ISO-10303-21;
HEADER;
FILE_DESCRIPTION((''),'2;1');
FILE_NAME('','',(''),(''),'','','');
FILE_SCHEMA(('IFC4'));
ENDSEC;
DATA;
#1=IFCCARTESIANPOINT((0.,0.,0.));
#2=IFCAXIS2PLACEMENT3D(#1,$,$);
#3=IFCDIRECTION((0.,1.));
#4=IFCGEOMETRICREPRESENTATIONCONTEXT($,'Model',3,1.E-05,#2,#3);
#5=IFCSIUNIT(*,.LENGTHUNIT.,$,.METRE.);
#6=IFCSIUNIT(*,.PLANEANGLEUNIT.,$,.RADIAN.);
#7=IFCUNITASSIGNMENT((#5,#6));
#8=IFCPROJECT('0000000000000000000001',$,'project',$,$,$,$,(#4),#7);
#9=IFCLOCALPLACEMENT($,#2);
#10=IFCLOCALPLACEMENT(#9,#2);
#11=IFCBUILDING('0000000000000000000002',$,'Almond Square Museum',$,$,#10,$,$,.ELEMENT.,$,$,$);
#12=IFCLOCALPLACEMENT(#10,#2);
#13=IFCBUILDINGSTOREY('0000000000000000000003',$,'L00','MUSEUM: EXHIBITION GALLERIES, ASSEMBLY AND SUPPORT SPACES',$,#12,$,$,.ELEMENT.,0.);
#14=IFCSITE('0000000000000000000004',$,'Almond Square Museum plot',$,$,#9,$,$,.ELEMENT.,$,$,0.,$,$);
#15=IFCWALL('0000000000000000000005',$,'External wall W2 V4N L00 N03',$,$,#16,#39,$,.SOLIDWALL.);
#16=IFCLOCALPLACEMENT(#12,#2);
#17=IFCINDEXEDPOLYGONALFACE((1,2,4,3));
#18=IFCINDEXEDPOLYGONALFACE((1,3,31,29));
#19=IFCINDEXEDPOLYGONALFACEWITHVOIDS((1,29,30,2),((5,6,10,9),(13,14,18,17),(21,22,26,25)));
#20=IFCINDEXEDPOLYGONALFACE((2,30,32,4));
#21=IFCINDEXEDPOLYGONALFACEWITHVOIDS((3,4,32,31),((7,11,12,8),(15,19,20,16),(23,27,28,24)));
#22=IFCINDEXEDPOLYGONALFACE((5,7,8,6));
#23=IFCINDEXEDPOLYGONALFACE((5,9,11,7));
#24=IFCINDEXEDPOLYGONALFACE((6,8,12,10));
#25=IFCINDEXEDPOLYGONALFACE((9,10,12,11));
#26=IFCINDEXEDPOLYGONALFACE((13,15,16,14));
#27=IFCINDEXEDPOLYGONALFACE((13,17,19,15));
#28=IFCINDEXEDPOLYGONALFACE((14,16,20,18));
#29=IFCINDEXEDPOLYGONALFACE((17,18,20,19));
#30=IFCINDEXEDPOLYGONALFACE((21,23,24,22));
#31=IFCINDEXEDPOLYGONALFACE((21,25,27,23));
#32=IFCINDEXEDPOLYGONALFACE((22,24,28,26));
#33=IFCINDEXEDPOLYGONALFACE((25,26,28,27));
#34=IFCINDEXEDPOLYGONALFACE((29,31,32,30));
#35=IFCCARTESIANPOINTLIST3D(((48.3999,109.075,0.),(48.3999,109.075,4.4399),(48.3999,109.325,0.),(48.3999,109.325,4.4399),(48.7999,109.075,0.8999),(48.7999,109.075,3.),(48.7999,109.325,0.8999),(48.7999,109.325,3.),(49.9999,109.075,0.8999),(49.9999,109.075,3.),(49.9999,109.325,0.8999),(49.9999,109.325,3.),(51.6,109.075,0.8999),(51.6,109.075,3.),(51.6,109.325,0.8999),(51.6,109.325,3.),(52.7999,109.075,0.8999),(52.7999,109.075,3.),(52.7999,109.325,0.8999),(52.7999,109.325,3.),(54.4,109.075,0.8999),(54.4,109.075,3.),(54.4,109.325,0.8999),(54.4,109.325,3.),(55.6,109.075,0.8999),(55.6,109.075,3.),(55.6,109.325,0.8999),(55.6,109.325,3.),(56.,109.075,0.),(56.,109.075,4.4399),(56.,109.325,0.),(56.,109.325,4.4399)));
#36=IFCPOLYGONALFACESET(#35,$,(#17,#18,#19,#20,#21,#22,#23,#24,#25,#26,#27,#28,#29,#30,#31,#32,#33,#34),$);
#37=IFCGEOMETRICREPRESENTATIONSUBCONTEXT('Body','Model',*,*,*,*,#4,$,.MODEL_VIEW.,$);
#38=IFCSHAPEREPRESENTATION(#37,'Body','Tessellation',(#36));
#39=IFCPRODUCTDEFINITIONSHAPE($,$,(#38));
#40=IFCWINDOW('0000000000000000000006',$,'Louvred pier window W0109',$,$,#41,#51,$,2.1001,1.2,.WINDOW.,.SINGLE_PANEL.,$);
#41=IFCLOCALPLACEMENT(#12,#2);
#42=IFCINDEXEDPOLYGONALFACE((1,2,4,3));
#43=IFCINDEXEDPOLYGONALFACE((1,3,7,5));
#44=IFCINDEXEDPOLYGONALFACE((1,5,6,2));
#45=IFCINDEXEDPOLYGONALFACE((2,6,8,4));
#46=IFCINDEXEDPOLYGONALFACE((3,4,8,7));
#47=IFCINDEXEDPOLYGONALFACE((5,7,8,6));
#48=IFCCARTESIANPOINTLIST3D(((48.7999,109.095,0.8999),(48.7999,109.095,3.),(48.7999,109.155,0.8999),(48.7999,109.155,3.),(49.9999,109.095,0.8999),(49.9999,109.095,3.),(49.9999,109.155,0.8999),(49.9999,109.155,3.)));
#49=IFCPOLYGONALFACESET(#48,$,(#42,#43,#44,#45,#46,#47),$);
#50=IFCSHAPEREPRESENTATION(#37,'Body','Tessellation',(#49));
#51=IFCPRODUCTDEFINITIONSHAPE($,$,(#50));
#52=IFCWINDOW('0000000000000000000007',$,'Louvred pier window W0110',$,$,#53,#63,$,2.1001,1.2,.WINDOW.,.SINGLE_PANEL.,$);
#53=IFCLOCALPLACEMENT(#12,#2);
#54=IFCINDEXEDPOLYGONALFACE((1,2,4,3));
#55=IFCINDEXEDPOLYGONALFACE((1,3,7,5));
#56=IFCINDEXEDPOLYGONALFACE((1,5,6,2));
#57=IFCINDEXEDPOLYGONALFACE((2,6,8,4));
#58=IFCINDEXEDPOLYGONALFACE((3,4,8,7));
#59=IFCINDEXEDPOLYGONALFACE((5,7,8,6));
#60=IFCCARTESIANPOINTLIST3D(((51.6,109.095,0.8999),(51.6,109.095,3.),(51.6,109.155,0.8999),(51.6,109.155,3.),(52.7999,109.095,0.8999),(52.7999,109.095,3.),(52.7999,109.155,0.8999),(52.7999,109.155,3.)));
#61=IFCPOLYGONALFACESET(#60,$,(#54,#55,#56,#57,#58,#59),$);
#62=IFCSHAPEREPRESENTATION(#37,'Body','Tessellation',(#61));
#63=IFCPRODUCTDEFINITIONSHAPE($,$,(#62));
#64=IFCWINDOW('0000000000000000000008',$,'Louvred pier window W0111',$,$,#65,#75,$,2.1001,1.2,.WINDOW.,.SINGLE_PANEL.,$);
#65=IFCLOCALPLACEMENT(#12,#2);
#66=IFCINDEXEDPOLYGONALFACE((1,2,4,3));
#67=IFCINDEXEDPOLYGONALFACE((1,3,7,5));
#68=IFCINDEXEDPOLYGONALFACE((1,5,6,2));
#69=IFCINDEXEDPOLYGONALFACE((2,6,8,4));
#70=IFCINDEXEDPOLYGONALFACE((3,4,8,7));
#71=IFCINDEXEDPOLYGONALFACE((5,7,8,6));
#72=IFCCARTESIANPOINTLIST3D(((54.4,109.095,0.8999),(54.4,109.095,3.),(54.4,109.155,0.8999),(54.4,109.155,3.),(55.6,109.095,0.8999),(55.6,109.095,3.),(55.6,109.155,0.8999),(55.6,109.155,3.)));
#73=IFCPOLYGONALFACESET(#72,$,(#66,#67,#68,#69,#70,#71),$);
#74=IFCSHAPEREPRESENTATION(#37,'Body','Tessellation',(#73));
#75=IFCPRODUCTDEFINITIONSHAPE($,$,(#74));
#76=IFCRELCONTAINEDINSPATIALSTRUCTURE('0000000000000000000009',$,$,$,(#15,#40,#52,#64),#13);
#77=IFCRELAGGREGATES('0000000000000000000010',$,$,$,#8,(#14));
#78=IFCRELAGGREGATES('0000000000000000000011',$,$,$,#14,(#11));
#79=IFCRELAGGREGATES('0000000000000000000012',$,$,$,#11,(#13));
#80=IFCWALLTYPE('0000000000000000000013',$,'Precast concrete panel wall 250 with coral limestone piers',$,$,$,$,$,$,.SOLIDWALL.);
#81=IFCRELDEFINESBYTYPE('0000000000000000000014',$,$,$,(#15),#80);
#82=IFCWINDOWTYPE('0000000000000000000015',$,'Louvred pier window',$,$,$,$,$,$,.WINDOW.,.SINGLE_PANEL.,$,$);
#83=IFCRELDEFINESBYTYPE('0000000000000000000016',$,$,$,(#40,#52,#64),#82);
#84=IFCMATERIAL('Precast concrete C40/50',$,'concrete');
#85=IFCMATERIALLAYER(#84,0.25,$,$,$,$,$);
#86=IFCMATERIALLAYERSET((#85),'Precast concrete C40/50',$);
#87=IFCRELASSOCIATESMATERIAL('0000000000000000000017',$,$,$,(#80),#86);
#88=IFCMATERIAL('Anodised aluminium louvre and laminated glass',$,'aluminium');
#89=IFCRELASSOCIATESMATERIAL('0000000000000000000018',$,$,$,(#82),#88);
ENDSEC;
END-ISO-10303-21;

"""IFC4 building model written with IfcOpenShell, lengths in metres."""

from ifc_helpers import new_model, si_unit, direction, frame, frame_2d, origin, place, context, subcontext, project, spatial, rectangle, extrude, material, layer, layer_set, type_object, element, fill, save


model = new_model("IFC4")

# Units and contexts
model_context = context("Model", 3, precision=1e-05, world=origin(), true_north=direction((0.0, 1.0)))
body_context = subcontext(model_context, "Body", "Model", "MODEL_VIEW")
ifc_project = project(units=[si_unit("LENGTHUNIT", "METRE"), si_unit("PLANEANGLEUNIT", "RADIAN")], contexts=[model_context])

# Site, building, storey
site_placement = place(None, origin())
site = spatial("IfcSite", under=ifc_project, at=site_placement, Name="Almond Square Museum plot", CompositionType="ELEMENT", RefElevation=0.0)
building_placement = place(site_placement, origin())
building = spatial("IfcBuilding", under=site, at=building_placement, Name="Almond Square Museum", CompositionType="ELEMENT")
storey_placement = place(building_placement, origin())
storey = spatial("IfcBuildingStorey", under=building, at=storey_placement, Name="L00", Description="MUSEUM: EXHIBITION GALLERIES, ASSEMBLY AND SUPPORT SPACES", CompositionType="ELEMENT", Elevation=0.0)

# Wall, openings, windows
ifc_material_1 = material(Name="Precast concrete C40/50", Category="concrete")
ifc_layer = layer(ifc_material_1, 0.25)
ifc_layer_set = layer_set([ifc_layer], Name="Precast concrete C40/50")
wall_type = type_object("IfcWallType", Name="Precast concrete panel wall 250 with coral limestone piers", PredefinedType="SOLIDWALL", material=ifc_layer_set)
wall_placement = place(storey_placement, frame((48.3999, 109.2, 0.0), z_axis=(0.0, 0.0, 1.0), x_axis=(1.0, 0.0, 0.0)))
wall = element("IfcWall", 1, at=wall_placement, inside=storey, type_object=wall_type, Name="External wall W2 V4N L00 N03", PredefinedType="SOLIDWALL", context=body_context, shape_type="SweptSolid", body=[
    extrude(rectangle(XDim=7.6001, YDim=0.25, at=frame_2d((3.8, 0.0))), origin(), (0.0, 0.0, 1.0), 4.4399),
])
opening_1_placement = place(wall_placement, frame((0.3999, 0.0, 0.8999)))
opening_1 = element("IfcOpeningElement", 2, at=opening_1_placement, cuts=wall, PredefinedType="OPENING", context=body_context, shape_type="SweptSolid", body=[
    extrude(rectangle(XDim=1.2, YDim=2.1001, at=frame_2d((0.6001, 1.05))), frame((0.0, 0.135, 0.0), z_axis=(0.0, -1.0, 0.0), x_axis=(1.0, 0.0, 0.0)), (0.0, 0.0, 1.0), 0.27),
])
opening_2_placement = place(wall_placement, frame((3.2, 0.0, 0.8999)))
opening_2 = element("IfcOpeningElement", 3, at=opening_2_placement, cuts=wall, PredefinedType="OPENING", context=body_context, shape_type="SweptSolid", body=[
    extrude(rectangle(XDim=1.2, YDim=2.1001, at=frame_2d((0.6001, 1.05))), frame((0.0, 0.135, 0.0), z_axis=(0.0, -1.0, 0.0), x_axis=(1.0, 0.0, 0.0)), (0.0, 0.0, 1.0), 0.27),
])
opening_3_placement = place(wall_placement, frame((6.0, 0.0, 0.8999)))
opening_3 = element("IfcOpeningElement", 4, at=opening_3_placement, cuts=wall, PredefinedType="OPENING", context=body_context, shape_type="SweptSolid", body=[
    extrude(rectangle(XDim=1.2, YDim=2.1001, at=frame_2d((0.6001, 1.05))), frame((0.0, 0.135, 0.0), z_axis=(0.0, -1.0, 0.0), x_axis=(1.0, 0.0, 0.0)), (0.0, 0.0, 1.0), 0.27),
])
ifc_material_2 = material(Name="Anodised aluminium louvre and laminated glass", Category="aluminium")
window_type = type_object("IfcWindowType", Name="Louvred pier window", PartitioningType="SINGLE_PANEL", PredefinedType="WINDOW", material=ifc_material_2)
window_1_placement = place(opening_1_placement, origin())
window_1 = element("IfcWindow", 5, at=window_1_placement, inside=storey, type_object=window_type, Name="Louvred pier window W0109", OverallHeight=2.1001, OverallWidth=1.2, PartitioningType="SINGLE_PANEL", PredefinedType="WINDOW", context=body_context, shape_type="SweptSolid", body=[
    extrude(rectangle(XDim=1.2, YDim=2.1001, at=frame_2d((0.6001, 1.05))), frame((0.0, -0.0449, 0.0), z_axis=(0.0, -1.0, 0.0), x_axis=(1.0, 0.0, 0.0)), (0.0, 0.0, 1.0), 0.0601),
])
fill(opening_1, window_1)
window_2_placement = place(opening_2_placement, origin())
window_2 = element("IfcWindow", 6, at=window_2_placement, inside=storey, type_object=window_type, Name="Louvred pier window W0110", OverallHeight=2.1001, OverallWidth=1.2, PartitioningType="SINGLE_PANEL", PredefinedType="WINDOW", context=body_context, shape_type="SweptSolid", body=[
    extrude(rectangle(XDim=1.2, YDim=2.1001, at=frame_2d((0.6001, 1.05))), frame((0.0, -0.0449, 0.0), z_axis=(0.0, -1.0, 0.0), x_axis=(1.0, 0.0, 0.0)), (0.0, 0.0, 1.0), 0.0601),
])
fill(opening_2, window_2)
window_3_placement = place(opening_3_placement, origin())
window_3 = element("IfcWindow", 7, at=window_3_placement, inside=storey, type_object=window_type, Name="Louvred pier window W0111", OverallHeight=2.1001, OverallWidth=1.2, PartitioningType="SINGLE_PANEL", PredefinedType="WINDOW", context=body_context, shape_type="SweptSolid", body=[
    extrude(rectangle(XDim=1.2, YDim=2.1001, at=frame_2d((0.6001, 1.05))), frame((0.0, -0.0449, 0.0), z_axis=(0.0, -1.0, 0.0), x_axis=(1.0, 0.0, 0.0)), (0.0, 0.0, 1.0), 0.0601),
])
fill(opening_3, window_3)

save(model, "model.ifc")
